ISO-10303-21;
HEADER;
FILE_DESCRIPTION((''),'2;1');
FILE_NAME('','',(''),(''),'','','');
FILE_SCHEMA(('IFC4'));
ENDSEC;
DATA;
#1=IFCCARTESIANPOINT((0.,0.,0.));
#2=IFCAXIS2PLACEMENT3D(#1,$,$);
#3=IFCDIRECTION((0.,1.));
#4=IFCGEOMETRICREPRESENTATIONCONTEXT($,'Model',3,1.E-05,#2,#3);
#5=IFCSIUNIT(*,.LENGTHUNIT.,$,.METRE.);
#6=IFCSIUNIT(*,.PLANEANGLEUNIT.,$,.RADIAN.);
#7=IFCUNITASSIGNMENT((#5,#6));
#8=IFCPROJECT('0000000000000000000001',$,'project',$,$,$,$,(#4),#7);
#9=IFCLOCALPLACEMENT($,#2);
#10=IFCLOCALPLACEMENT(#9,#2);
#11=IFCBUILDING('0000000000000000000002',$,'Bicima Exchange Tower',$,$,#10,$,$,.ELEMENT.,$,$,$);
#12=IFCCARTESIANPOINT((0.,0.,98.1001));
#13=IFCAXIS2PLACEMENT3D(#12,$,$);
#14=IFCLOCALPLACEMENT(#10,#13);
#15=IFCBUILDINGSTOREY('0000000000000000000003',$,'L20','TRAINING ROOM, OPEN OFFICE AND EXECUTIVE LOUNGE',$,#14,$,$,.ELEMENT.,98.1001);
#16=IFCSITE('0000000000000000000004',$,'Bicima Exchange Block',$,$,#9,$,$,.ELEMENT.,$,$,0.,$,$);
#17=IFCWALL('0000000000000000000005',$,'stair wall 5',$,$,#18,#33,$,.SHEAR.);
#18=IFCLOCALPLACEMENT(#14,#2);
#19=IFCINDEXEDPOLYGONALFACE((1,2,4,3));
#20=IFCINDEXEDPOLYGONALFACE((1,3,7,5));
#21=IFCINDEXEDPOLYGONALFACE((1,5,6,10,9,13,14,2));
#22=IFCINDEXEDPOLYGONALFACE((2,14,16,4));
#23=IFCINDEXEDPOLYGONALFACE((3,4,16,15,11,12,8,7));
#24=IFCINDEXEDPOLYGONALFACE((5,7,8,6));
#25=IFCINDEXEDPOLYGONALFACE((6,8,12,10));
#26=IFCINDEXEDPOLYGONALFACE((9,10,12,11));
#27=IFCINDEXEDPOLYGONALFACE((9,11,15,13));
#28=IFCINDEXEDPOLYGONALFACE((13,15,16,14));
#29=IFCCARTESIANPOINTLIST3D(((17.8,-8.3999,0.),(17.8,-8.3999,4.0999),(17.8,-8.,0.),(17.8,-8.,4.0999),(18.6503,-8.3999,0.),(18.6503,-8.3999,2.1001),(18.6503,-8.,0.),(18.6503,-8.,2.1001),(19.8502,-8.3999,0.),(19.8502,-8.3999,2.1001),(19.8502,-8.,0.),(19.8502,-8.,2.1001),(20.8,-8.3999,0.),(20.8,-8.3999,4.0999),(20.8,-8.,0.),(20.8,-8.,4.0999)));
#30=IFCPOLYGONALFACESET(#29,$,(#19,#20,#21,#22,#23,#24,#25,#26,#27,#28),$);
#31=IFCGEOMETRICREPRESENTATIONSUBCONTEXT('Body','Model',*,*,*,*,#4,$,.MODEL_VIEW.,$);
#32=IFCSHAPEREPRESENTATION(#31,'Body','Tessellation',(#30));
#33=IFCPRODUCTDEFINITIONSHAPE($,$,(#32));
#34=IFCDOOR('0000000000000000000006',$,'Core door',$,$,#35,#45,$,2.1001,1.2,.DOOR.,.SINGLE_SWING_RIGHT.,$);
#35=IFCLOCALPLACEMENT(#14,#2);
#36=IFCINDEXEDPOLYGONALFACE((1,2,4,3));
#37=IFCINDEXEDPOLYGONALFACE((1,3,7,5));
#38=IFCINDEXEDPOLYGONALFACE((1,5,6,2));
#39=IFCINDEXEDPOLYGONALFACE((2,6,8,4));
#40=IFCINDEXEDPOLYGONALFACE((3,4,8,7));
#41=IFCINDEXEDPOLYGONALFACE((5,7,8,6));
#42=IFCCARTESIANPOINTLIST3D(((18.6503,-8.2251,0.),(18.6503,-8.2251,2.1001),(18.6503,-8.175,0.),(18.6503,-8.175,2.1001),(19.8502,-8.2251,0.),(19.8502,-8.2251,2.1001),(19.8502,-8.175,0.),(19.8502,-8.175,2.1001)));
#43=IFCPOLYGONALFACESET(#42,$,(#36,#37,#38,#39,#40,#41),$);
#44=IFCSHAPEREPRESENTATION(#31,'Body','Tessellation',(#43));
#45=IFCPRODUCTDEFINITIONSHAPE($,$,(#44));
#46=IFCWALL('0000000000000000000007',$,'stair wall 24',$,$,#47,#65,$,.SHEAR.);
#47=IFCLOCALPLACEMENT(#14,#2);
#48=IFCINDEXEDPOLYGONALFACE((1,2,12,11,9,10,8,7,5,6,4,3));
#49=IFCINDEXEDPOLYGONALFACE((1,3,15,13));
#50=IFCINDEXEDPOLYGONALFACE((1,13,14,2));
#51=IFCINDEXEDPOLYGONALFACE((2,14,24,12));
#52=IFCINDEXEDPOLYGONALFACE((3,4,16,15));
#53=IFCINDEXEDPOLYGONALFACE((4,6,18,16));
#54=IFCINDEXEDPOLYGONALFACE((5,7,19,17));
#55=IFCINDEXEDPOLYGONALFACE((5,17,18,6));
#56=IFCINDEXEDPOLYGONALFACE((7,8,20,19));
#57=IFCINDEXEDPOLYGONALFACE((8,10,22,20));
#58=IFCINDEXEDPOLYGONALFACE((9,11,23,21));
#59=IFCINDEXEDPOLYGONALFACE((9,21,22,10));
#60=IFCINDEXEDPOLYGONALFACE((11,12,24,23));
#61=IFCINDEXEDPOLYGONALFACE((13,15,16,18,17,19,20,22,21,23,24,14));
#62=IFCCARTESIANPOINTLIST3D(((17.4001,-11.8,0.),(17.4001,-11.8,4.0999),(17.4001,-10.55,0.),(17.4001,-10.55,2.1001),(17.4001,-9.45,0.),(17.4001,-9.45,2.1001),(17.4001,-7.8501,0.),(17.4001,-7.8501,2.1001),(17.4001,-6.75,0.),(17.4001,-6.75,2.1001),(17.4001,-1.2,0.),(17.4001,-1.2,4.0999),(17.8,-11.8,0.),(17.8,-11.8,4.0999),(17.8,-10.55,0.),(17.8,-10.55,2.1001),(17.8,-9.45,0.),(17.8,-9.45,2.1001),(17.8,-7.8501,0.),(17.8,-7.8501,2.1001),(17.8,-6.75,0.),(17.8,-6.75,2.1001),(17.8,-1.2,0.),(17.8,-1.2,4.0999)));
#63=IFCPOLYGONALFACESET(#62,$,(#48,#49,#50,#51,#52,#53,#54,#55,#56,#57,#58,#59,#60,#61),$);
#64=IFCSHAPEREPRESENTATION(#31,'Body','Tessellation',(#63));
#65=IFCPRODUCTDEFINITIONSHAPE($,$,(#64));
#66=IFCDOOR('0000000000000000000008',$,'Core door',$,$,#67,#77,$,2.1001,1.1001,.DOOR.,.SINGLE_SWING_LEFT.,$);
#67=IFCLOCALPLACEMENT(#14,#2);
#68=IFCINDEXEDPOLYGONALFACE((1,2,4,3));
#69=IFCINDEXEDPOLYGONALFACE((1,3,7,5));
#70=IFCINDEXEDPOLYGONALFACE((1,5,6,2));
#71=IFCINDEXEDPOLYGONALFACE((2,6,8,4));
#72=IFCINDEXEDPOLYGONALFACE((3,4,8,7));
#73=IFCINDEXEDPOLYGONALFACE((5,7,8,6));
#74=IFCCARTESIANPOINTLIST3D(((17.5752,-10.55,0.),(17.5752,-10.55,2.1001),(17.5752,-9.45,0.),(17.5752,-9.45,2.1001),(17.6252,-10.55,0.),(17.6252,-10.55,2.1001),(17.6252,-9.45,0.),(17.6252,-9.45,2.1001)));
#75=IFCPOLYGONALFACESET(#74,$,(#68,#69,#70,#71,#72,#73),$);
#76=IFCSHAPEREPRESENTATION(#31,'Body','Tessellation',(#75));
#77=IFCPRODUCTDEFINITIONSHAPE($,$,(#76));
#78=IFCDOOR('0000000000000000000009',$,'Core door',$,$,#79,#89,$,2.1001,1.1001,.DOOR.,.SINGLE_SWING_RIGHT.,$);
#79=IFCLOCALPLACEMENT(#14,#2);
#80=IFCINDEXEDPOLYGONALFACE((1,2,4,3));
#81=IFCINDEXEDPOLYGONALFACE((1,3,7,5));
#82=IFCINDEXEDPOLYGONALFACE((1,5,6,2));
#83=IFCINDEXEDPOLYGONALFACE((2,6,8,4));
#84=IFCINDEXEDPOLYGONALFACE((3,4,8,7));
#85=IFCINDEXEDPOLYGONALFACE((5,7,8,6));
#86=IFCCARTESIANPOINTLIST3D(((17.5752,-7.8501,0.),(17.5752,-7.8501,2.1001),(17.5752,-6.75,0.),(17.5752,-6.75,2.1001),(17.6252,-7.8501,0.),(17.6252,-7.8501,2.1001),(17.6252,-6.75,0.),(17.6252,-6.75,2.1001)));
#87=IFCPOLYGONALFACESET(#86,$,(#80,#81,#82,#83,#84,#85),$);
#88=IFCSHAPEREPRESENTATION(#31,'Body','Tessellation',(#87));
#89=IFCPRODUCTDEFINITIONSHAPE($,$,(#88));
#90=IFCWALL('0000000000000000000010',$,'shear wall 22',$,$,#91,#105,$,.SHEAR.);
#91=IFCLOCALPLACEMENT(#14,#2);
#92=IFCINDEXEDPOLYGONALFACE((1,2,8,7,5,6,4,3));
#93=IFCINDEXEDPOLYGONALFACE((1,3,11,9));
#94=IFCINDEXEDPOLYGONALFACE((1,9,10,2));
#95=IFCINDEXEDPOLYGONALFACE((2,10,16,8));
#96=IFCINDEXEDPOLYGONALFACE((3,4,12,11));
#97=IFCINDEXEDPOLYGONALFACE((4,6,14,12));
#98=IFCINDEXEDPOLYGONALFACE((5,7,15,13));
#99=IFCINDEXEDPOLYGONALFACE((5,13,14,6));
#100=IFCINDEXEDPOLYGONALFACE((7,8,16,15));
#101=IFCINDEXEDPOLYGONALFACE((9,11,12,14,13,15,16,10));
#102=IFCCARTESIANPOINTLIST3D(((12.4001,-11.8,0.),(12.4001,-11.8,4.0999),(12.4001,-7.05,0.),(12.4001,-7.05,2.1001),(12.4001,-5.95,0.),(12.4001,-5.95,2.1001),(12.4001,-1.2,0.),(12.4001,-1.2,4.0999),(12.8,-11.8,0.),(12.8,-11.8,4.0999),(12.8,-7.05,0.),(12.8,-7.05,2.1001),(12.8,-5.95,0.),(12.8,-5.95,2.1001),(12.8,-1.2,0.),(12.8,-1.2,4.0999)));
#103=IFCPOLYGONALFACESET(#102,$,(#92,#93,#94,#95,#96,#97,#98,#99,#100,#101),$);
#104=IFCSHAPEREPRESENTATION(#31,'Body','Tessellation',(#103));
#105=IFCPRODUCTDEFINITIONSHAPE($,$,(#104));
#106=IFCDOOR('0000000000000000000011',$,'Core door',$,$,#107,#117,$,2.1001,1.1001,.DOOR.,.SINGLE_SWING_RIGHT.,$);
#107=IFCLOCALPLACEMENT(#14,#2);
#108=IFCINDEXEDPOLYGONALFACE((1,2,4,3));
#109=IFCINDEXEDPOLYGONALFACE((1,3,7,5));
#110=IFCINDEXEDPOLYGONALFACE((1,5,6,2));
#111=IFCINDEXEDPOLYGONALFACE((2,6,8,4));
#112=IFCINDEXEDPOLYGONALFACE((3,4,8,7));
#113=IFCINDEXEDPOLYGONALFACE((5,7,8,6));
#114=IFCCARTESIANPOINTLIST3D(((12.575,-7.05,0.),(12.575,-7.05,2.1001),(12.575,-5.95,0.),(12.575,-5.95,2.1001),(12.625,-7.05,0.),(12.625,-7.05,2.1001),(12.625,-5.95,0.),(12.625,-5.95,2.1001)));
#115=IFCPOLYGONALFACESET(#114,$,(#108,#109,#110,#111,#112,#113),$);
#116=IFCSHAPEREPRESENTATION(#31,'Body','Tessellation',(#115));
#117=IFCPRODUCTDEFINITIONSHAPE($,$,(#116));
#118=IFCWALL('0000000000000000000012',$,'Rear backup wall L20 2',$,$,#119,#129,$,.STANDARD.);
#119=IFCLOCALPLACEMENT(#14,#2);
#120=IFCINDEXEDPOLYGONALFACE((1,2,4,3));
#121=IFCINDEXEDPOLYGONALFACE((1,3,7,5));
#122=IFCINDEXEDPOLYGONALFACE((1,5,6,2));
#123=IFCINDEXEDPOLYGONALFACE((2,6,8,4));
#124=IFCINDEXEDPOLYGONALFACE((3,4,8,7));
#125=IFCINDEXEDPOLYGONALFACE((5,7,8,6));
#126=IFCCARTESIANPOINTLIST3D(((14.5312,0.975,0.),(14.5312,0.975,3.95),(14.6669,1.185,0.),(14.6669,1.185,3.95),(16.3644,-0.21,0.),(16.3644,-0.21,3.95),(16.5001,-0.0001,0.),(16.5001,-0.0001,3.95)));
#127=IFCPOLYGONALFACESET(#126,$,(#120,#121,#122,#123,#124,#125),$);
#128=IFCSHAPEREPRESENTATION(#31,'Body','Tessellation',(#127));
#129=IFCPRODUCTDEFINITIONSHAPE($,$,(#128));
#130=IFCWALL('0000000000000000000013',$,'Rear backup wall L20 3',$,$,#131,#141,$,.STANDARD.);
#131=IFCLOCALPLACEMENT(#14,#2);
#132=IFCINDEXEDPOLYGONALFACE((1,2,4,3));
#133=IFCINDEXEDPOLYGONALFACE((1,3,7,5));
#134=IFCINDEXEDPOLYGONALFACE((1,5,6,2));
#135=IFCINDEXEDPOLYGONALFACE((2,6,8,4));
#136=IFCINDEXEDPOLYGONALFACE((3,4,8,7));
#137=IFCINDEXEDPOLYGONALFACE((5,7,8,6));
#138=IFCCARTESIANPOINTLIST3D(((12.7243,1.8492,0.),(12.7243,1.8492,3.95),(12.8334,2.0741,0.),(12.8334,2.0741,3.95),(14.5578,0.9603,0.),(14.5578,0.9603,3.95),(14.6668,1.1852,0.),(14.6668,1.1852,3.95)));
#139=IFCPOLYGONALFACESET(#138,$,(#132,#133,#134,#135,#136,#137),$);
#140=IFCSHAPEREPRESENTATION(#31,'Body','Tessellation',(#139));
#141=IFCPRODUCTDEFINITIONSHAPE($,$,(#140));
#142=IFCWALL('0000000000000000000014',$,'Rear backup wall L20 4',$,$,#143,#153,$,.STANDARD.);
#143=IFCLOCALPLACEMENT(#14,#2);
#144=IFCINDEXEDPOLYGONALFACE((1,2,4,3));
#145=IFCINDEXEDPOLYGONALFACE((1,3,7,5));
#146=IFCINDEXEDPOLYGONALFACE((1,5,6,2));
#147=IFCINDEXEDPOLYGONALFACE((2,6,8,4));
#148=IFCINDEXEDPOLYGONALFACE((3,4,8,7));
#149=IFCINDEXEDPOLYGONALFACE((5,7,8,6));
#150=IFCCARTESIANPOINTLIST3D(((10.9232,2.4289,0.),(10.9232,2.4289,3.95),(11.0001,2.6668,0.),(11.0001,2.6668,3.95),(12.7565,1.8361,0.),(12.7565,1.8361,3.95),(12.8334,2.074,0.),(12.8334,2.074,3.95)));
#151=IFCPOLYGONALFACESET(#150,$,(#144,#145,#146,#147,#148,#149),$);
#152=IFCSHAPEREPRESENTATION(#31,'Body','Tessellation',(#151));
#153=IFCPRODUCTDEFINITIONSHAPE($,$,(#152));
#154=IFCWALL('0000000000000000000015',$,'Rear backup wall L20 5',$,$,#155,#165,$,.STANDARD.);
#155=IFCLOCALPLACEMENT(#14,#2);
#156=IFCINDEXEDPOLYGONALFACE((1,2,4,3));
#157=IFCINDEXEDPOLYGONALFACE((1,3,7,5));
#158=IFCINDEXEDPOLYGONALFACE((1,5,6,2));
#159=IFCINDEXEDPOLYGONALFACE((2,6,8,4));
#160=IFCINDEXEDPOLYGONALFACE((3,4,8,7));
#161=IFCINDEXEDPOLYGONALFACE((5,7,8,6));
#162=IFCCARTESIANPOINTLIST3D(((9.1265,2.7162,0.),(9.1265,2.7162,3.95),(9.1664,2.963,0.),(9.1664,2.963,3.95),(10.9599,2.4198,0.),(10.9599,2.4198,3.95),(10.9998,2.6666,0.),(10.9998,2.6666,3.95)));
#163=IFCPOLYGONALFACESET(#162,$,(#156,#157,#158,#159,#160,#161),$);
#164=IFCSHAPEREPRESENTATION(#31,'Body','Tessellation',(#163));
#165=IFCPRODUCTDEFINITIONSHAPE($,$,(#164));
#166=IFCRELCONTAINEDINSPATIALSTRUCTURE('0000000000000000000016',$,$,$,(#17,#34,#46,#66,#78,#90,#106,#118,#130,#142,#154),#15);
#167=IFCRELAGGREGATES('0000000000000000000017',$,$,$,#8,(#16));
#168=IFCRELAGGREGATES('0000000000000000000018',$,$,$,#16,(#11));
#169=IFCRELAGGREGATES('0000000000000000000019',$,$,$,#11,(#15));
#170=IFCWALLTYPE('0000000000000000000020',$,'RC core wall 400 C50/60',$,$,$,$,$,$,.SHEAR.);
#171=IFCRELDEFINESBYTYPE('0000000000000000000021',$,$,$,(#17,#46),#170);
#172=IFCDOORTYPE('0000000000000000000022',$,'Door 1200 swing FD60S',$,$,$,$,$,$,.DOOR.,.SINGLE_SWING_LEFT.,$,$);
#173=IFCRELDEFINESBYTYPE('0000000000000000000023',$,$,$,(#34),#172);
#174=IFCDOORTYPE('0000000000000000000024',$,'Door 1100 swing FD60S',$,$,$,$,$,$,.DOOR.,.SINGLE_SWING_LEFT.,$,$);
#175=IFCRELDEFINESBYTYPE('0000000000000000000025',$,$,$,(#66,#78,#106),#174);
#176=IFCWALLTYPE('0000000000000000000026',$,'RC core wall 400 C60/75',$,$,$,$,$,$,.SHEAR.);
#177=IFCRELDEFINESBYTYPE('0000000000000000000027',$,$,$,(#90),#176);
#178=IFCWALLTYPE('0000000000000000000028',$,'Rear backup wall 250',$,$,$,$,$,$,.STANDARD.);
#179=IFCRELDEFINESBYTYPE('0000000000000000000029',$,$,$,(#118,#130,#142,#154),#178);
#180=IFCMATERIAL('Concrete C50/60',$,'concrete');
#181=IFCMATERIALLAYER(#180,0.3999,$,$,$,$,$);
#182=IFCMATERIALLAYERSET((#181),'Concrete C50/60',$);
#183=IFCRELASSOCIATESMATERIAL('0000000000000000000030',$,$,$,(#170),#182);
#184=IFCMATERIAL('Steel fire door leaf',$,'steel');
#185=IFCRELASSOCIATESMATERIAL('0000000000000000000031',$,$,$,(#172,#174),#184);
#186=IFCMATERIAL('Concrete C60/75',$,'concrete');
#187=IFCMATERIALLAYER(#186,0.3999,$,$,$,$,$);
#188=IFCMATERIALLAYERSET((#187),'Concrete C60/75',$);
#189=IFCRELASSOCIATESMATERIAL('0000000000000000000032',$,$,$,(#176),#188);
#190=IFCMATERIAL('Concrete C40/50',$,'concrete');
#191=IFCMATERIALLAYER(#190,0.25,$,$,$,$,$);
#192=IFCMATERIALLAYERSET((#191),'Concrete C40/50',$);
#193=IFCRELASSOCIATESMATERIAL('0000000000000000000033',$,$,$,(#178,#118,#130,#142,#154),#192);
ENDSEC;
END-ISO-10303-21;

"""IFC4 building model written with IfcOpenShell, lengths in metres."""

from ifc_helpers import new_model, si_unit, direction, frame, frame_2d, origin, place, context, subcontext, project, spatial, rectangle, extrude, material, layer, layer_set, layer_usage, type_object, element, fill, save


model = new_model("IFC4")

# Units and contexts
model_context = context("Model", 3, precision=1e-05, world=origin(), true_north=direction((0.0, 1.0)))
body_context = subcontext(model_context, "Body", "Model", "MODEL_VIEW")
ifc_project = project(units=[si_unit("LENGTHUNIT", "METRE"), si_unit("PLANEANGLEUNIT", "RADIAN")], contexts=[model_context])

# Site, building, storey
site_placement = place(None, origin())
site = spatial("IfcSite", under=ifc_project, at=site_placement, Name="Bicima Exchange Block", CompositionType="ELEMENT", RefElevation=0.0)
building_placement = place(site_placement, origin())
building = spatial("IfcBuilding", under=site, at=building_placement, Name="Bicima Exchange Tower", CompositionType="ELEMENT")
storey_placement = place(building_placement, frame((0.0, 0.0, 98.1001)))
storey = spatial("IfcBuildingStorey", under=building, at=storey_placement, Name="L20", Description="TRAINING ROOM, OPEN OFFICE AND EXECUTIVE LOUNGE", CompositionType="ELEMENT", Elevation=98.1001)

# Wall, opening, door
ifc_material_1 = material(Name="Concrete C50/60", Category="concrete")
ifc_layer_1 = layer(ifc_material_1, 0.3999)
ifc_layer_set_1 = layer_set([ifc_layer_1], Name="Concrete C50/60")
wall_type_1 = type_object("IfcWallType", Name="RC core wall 400 C50/60", PredefinedType="SHEAR", material=ifc_layer_set_1)
wall_1_placement = place(storey_placement, frame((17.8, -8.2, 0.0), z_axis=(0.0, 0.0, 1.0), x_axis=(1.0, 0.0, 0.0)))
wall_1 = element("IfcWall", 1, at=wall_1_placement, inside=storey, type_object=wall_type_1, Name="stair wall 5", PredefinedType="SHEAR", context=body_context, shape_type="SweptSolid", body=[
    extrude(rectangle(XDim=3.0, YDim=0.3999, at=frame_2d((1.5, 0.0))), origin(), (0.0, 0.0, 1.0), 4.0999),
])
opening_1_placement = place(wall_1_placement, frame((0.8501, 0.0, 0.0)))
opening_1 = element("IfcOpeningElement", 2, at=opening_1_placement, cuts=wall_1, PredefinedType="OPENING", context=body_context, shape_type="SweptSolid", body=[
    extrude(rectangle(XDim=1.2, YDim=2.1001, at=frame_2d((0.6001, 1.05))), frame((0.0, 0.2119, 0.0), z_axis=(0.0, -1.0, 0.0), x_axis=(1.0, 0.0, 0.0)), (0.0, 0.0, 1.0), 0.4238),
])
ifc_material_2 = material(Name="Steel fire door leaf", Category="steel")
door_type_1 = type_object("IfcDoorType", Name="Door 1200 swing FD60S", OperationType="SINGLE_SWING_LEFT", PredefinedType="DOOR", material=ifc_material_2)
door_1_placement = place(opening_1_placement, origin())
door_1 = element("IfcDoor", 3, at=door_1_placement, inside=storey, type_object=door_type_1, Name="Core door", OperationType="SINGLE_SWING_RIGHT", OverallHeight=2.1001, OverallWidth=1.2, PredefinedType="DOOR", context=body_context, shape_type="SweptSolid", body=[
    extrude(rectangle(XDim=1.2, YDim=2.1001, at=frame_2d((0.6001, 1.05))), frame((0.0, 0.0249, 0.0), z_axis=(0.0, -1.0, 0.0), x_axis=(1.0, 0.0, 0.0)), (0.0, 0.0, 1.0), 0.05),
])
fill(opening_1, door_1)

# Wall, openings, doors
wall_2_placement = place(storey_placement, frame((17.6001, -11.8, 0.0), z_axis=(0.0, 0.0, 1.0), x_axis=(0.0, 1.0, 0.0)))
wall_2 = element("IfcWall", 4, at=wall_2_placement, inside=storey, type_object=wall_type_1, Name="stair wall 24", PredefinedType="SHEAR", context=body_context, shape_type="SweptSolid", body=[
    extrude(rectangle(XDim=10.6001, YDim=0.3999, at=frame_2d((5.3, 0.0))), origin(), (0.0, 0.0, 1.0), 4.0999),
])
opening_2_placement = place(wall_2_placement, frame((1.25, 0.0, 0.0)))
opening_2 = element("IfcOpeningElement", 5, at=opening_2_placement, cuts=wall_2, PredefinedType="OPENING", context=body_context, shape_type="SweptSolid", body=[
    extrude(rectangle(XDim=1.1001, YDim=2.1001, at=frame_2d((0.55, 1.05))), frame((0.0, 0.2119, 0.0), z_axis=(0.0, -1.0, 0.0), x_axis=(1.0, 0.0, 0.0)), (0.0, 0.0, 1.0), 0.4238),
])
opening_3_placement = place(wall_2_placement, frame((3.95, 0.0, 0.0)))
opening_3 = element("IfcOpeningElement", 6, at=opening_3_placement, cuts=wall_2, PredefinedType="OPENING", context=body_context, shape_type="SweptSolid", body=[
    extrude(rectangle(XDim=1.1001, YDim=2.1001, at=frame_2d((0.55, 1.05))), frame((0.0, 0.2119, 0.0), z_axis=(0.0, -1.0, 0.0), x_axis=(1.0, 0.0, 0.0)), (0.0, 0.0, 1.0), 0.4238),
])
door_type_2 = type_object("IfcDoorType", Name="Door 1100 swing FD60S", OperationType="SINGLE_SWING_LEFT", PredefinedType="DOOR", material=ifc_material_2)
door_2_placement = place(opening_2_placement, origin())
door_2 = element("IfcDoor", 7, at=door_2_placement, inside=storey, type_object=door_type_2, Name="Core door", OperationType="SINGLE_SWING_LEFT", OverallHeight=2.1001, OverallWidth=1.1001, PredefinedType="DOOR", context=body_context, shape_type="SweptSolid", body=[
    extrude(rectangle(XDim=1.1001, YDim=2.1001, at=frame_2d((0.55, 1.05))), frame((0.0, 0.0249, 0.0), z_axis=(0.0, -1.0, 0.0), x_axis=(1.0, 0.0, 0.0)), (0.0, 0.0, 1.0), 0.05),
])
fill(opening_2, door_2)
door_3_placement = place(opening_3_placement, origin())
door_3 = element("IfcDoor", 8, at=door_3_placement, inside=storey, type_object=door_type_2, Name="Core door", OperationType="SINGLE_SWING_RIGHT", OverallHeight=2.1001, OverallWidth=1.1001, PredefinedType="DOOR", context=body_context, shape_type="SweptSolid", body=[
    extrude(rectangle(XDim=1.1001, YDim=2.1001, at=frame_2d((0.55, 1.05))), frame((0.0, 0.0249, 0.0), z_axis=(0.0, -1.0, 0.0), x_axis=(1.0, 0.0, 0.0)), (0.0, 0.0, 1.0), 0.05),
])
fill(opening_3, door_3)

# Wall, opening, door
ifc_material_3 = material(Name="Concrete C60/75", Category="concrete")
ifc_layer_2 = layer(ifc_material_3, 0.3999)
ifc_layer_set_2 = layer_set([ifc_layer_2], Name="Concrete C60/75")
wall_type_2 = type_object("IfcWallType", Name="RC core wall 400 C60/75", PredefinedType="SHEAR", material=ifc_layer_set_2)
wall_3_placement = place(storey_placement, frame((12.6001, -11.8, 0.0), z_axis=(0.0, 0.0, 1.0), x_axis=(0.0, 1.0, 0.0)))
wall_3 = element("IfcWall", 9, at=wall_3_placement, inside=storey, type_object=wall_type_2, Name="shear wall 22", PredefinedType="SHEAR", context=body_context, shape_type="SweptSolid", body=[
    extrude(rectangle(XDim=10.6001, YDim=0.3999, at=frame_2d((5.3, 0.0))), origin(), (0.0, 0.0, 1.0), 4.0999),
])
opening_4_placement = place(wall_3_placement, frame((4.75, 0.0, 0.0)))
opening_4 = element("IfcOpeningElement", 10, at=opening_4_placement, cuts=wall_3, PredefinedType="OPENING", context=body_context, shape_type="SweptSolid", body=[
    extrude(rectangle(XDim=1.1001, YDim=2.1001, at=frame_2d((0.55, 1.05))), frame((0.0, 0.2119, 0.0), z_axis=(0.0, -1.0, 0.0), x_axis=(1.0, 0.0, 0.0)), (0.0, 0.0, 1.0), 0.4238),
])
door_4_placement = place(opening_4_placement, frame((1.1001, 0.0, 0.0), z_axis=(0.0, 0.0, 1.0), x_axis=(-1.0, 0.0, 0.0)))
door_4 = element("IfcDoor", 11, at=door_4_placement, inside=storey, type_object=door_type_2, Name="Core door", OperationType="SINGLE_SWING_RIGHT", OverallHeight=2.1001, OverallWidth=1.1001, PredefinedType="DOOR", context=body_context, shape_type="SweptSolid", body=[
    extrude(rectangle(XDim=1.1001, YDim=2.1001, at=frame_2d((0.55, 1.05))), frame((0.0, 0.0249, 0.0), z_axis=(0.0, -1.0, 0.0), x_axis=(1.0, 0.0, 0.0)), (0.0, 0.0, 1.0), 0.05),
])
fill(opening_4, door_4)

# Walls
ifc_material_4 = material(Name="Concrete C40/50", Category="concrete")
ifc_layer_3 = layer(ifc_material_4, 0.25)
ifc_layer_set_3 = layer_set([ifc_layer_3], Name="Concrete C40/50")
ifc_layer_usage = layer_usage(ifc_layer_set_3, "AXIS2", "POSITIVE", -0.125)
wall_type_3 = type_object("IfcWallType", Name="Rear backup wall 250", PredefinedType="STANDARD", material=ifc_layer_set_3)
wall_4_placement = place(storey_placement, frame((16.4321, -0.105, 0.0), z_axis=(0.0, 0.0, 1.0), x_axis=(-0.839813, 0.542876, 0.0)))
element("IfcWall", 12, at=wall_4_placement, inside=storey, type_object=wall_type_3, material=ifc_layer_usage, Name="Rear backup wall L20 2", PredefinedType="STANDARD", context=body_context, shape_type="SweptSolid", body=[
    extrude(rectangle(XDim=2.1829, YDim=0.25, at=frame_2d((1.0913, 0.0))), origin(), (0.0, 0.0, 1.0), 3.95),
])
wall_5_placement = place(storey_placement, frame((14.6123, 1.0728, 0.0), z_axis=(0.0, 0.0, 1.0), x_axis=(-0.899824, 0.436253, 0.0)))
element("IfcWall", 13, at=wall_5_placement, inside=storey, type_object=wall_type_3, material=ifc_layer_usage, Name="Rear backup wall L20 3", PredefinedType="STANDARD", context=body_context, shape_type="SweptSolid", body=[
    extrude(rectangle(XDim=2.0376, YDim=0.25, at=frame_2d((1.0188, 0.0))), origin(), (0.0, 0.0, 1.0), 3.95),
])
wall_6_placement = place(storey_placement, frame((12.7949, 1.9551, 0.0), z_axis=(0.0, 0.0, 1.0), x_axis=(-0.951496, 0.307662, 0.0)))
element("IfcWall", 14, at=wall_6_placement, inside=storey, type_object=wall_type_3, material=ifc_layer_usage, Name="Rear backup wall L20 4", PredefinedType="STANDARD", context=body_context, shape_type="SweptSolid", body=[
    extrude(rectangle(XDim=1.9268, YDim=0.25, at=frame_2d((0.9634, 0.0))), origin(), (0.0, 0.0, 1.0), 3.95),
])
wall_7_placement = place(storey_placement, frame((10.98, 2.5432, 0.0), z_axis=(0.0, 0.0, 1.0), x_axis=(-0.987182, 0.1596, 0.0)))
element("IfcWall", 15, at=wall_7_placement, inside=storey, type_object=wall_type_3, material=ifc_layer_usage, Name="Rear backup wall L20 5", PredefinedType="STANDARD", context=body_context, shape_type="SweptSolid", body=[
    extrude(rectangle(XDim=1.8572, YDim=0.25, at=frame_2d((0.9287, 0.0))), origin(), (0.0, 0.0, 1.0), 3.95),
])

save(model, "model.ifc")
